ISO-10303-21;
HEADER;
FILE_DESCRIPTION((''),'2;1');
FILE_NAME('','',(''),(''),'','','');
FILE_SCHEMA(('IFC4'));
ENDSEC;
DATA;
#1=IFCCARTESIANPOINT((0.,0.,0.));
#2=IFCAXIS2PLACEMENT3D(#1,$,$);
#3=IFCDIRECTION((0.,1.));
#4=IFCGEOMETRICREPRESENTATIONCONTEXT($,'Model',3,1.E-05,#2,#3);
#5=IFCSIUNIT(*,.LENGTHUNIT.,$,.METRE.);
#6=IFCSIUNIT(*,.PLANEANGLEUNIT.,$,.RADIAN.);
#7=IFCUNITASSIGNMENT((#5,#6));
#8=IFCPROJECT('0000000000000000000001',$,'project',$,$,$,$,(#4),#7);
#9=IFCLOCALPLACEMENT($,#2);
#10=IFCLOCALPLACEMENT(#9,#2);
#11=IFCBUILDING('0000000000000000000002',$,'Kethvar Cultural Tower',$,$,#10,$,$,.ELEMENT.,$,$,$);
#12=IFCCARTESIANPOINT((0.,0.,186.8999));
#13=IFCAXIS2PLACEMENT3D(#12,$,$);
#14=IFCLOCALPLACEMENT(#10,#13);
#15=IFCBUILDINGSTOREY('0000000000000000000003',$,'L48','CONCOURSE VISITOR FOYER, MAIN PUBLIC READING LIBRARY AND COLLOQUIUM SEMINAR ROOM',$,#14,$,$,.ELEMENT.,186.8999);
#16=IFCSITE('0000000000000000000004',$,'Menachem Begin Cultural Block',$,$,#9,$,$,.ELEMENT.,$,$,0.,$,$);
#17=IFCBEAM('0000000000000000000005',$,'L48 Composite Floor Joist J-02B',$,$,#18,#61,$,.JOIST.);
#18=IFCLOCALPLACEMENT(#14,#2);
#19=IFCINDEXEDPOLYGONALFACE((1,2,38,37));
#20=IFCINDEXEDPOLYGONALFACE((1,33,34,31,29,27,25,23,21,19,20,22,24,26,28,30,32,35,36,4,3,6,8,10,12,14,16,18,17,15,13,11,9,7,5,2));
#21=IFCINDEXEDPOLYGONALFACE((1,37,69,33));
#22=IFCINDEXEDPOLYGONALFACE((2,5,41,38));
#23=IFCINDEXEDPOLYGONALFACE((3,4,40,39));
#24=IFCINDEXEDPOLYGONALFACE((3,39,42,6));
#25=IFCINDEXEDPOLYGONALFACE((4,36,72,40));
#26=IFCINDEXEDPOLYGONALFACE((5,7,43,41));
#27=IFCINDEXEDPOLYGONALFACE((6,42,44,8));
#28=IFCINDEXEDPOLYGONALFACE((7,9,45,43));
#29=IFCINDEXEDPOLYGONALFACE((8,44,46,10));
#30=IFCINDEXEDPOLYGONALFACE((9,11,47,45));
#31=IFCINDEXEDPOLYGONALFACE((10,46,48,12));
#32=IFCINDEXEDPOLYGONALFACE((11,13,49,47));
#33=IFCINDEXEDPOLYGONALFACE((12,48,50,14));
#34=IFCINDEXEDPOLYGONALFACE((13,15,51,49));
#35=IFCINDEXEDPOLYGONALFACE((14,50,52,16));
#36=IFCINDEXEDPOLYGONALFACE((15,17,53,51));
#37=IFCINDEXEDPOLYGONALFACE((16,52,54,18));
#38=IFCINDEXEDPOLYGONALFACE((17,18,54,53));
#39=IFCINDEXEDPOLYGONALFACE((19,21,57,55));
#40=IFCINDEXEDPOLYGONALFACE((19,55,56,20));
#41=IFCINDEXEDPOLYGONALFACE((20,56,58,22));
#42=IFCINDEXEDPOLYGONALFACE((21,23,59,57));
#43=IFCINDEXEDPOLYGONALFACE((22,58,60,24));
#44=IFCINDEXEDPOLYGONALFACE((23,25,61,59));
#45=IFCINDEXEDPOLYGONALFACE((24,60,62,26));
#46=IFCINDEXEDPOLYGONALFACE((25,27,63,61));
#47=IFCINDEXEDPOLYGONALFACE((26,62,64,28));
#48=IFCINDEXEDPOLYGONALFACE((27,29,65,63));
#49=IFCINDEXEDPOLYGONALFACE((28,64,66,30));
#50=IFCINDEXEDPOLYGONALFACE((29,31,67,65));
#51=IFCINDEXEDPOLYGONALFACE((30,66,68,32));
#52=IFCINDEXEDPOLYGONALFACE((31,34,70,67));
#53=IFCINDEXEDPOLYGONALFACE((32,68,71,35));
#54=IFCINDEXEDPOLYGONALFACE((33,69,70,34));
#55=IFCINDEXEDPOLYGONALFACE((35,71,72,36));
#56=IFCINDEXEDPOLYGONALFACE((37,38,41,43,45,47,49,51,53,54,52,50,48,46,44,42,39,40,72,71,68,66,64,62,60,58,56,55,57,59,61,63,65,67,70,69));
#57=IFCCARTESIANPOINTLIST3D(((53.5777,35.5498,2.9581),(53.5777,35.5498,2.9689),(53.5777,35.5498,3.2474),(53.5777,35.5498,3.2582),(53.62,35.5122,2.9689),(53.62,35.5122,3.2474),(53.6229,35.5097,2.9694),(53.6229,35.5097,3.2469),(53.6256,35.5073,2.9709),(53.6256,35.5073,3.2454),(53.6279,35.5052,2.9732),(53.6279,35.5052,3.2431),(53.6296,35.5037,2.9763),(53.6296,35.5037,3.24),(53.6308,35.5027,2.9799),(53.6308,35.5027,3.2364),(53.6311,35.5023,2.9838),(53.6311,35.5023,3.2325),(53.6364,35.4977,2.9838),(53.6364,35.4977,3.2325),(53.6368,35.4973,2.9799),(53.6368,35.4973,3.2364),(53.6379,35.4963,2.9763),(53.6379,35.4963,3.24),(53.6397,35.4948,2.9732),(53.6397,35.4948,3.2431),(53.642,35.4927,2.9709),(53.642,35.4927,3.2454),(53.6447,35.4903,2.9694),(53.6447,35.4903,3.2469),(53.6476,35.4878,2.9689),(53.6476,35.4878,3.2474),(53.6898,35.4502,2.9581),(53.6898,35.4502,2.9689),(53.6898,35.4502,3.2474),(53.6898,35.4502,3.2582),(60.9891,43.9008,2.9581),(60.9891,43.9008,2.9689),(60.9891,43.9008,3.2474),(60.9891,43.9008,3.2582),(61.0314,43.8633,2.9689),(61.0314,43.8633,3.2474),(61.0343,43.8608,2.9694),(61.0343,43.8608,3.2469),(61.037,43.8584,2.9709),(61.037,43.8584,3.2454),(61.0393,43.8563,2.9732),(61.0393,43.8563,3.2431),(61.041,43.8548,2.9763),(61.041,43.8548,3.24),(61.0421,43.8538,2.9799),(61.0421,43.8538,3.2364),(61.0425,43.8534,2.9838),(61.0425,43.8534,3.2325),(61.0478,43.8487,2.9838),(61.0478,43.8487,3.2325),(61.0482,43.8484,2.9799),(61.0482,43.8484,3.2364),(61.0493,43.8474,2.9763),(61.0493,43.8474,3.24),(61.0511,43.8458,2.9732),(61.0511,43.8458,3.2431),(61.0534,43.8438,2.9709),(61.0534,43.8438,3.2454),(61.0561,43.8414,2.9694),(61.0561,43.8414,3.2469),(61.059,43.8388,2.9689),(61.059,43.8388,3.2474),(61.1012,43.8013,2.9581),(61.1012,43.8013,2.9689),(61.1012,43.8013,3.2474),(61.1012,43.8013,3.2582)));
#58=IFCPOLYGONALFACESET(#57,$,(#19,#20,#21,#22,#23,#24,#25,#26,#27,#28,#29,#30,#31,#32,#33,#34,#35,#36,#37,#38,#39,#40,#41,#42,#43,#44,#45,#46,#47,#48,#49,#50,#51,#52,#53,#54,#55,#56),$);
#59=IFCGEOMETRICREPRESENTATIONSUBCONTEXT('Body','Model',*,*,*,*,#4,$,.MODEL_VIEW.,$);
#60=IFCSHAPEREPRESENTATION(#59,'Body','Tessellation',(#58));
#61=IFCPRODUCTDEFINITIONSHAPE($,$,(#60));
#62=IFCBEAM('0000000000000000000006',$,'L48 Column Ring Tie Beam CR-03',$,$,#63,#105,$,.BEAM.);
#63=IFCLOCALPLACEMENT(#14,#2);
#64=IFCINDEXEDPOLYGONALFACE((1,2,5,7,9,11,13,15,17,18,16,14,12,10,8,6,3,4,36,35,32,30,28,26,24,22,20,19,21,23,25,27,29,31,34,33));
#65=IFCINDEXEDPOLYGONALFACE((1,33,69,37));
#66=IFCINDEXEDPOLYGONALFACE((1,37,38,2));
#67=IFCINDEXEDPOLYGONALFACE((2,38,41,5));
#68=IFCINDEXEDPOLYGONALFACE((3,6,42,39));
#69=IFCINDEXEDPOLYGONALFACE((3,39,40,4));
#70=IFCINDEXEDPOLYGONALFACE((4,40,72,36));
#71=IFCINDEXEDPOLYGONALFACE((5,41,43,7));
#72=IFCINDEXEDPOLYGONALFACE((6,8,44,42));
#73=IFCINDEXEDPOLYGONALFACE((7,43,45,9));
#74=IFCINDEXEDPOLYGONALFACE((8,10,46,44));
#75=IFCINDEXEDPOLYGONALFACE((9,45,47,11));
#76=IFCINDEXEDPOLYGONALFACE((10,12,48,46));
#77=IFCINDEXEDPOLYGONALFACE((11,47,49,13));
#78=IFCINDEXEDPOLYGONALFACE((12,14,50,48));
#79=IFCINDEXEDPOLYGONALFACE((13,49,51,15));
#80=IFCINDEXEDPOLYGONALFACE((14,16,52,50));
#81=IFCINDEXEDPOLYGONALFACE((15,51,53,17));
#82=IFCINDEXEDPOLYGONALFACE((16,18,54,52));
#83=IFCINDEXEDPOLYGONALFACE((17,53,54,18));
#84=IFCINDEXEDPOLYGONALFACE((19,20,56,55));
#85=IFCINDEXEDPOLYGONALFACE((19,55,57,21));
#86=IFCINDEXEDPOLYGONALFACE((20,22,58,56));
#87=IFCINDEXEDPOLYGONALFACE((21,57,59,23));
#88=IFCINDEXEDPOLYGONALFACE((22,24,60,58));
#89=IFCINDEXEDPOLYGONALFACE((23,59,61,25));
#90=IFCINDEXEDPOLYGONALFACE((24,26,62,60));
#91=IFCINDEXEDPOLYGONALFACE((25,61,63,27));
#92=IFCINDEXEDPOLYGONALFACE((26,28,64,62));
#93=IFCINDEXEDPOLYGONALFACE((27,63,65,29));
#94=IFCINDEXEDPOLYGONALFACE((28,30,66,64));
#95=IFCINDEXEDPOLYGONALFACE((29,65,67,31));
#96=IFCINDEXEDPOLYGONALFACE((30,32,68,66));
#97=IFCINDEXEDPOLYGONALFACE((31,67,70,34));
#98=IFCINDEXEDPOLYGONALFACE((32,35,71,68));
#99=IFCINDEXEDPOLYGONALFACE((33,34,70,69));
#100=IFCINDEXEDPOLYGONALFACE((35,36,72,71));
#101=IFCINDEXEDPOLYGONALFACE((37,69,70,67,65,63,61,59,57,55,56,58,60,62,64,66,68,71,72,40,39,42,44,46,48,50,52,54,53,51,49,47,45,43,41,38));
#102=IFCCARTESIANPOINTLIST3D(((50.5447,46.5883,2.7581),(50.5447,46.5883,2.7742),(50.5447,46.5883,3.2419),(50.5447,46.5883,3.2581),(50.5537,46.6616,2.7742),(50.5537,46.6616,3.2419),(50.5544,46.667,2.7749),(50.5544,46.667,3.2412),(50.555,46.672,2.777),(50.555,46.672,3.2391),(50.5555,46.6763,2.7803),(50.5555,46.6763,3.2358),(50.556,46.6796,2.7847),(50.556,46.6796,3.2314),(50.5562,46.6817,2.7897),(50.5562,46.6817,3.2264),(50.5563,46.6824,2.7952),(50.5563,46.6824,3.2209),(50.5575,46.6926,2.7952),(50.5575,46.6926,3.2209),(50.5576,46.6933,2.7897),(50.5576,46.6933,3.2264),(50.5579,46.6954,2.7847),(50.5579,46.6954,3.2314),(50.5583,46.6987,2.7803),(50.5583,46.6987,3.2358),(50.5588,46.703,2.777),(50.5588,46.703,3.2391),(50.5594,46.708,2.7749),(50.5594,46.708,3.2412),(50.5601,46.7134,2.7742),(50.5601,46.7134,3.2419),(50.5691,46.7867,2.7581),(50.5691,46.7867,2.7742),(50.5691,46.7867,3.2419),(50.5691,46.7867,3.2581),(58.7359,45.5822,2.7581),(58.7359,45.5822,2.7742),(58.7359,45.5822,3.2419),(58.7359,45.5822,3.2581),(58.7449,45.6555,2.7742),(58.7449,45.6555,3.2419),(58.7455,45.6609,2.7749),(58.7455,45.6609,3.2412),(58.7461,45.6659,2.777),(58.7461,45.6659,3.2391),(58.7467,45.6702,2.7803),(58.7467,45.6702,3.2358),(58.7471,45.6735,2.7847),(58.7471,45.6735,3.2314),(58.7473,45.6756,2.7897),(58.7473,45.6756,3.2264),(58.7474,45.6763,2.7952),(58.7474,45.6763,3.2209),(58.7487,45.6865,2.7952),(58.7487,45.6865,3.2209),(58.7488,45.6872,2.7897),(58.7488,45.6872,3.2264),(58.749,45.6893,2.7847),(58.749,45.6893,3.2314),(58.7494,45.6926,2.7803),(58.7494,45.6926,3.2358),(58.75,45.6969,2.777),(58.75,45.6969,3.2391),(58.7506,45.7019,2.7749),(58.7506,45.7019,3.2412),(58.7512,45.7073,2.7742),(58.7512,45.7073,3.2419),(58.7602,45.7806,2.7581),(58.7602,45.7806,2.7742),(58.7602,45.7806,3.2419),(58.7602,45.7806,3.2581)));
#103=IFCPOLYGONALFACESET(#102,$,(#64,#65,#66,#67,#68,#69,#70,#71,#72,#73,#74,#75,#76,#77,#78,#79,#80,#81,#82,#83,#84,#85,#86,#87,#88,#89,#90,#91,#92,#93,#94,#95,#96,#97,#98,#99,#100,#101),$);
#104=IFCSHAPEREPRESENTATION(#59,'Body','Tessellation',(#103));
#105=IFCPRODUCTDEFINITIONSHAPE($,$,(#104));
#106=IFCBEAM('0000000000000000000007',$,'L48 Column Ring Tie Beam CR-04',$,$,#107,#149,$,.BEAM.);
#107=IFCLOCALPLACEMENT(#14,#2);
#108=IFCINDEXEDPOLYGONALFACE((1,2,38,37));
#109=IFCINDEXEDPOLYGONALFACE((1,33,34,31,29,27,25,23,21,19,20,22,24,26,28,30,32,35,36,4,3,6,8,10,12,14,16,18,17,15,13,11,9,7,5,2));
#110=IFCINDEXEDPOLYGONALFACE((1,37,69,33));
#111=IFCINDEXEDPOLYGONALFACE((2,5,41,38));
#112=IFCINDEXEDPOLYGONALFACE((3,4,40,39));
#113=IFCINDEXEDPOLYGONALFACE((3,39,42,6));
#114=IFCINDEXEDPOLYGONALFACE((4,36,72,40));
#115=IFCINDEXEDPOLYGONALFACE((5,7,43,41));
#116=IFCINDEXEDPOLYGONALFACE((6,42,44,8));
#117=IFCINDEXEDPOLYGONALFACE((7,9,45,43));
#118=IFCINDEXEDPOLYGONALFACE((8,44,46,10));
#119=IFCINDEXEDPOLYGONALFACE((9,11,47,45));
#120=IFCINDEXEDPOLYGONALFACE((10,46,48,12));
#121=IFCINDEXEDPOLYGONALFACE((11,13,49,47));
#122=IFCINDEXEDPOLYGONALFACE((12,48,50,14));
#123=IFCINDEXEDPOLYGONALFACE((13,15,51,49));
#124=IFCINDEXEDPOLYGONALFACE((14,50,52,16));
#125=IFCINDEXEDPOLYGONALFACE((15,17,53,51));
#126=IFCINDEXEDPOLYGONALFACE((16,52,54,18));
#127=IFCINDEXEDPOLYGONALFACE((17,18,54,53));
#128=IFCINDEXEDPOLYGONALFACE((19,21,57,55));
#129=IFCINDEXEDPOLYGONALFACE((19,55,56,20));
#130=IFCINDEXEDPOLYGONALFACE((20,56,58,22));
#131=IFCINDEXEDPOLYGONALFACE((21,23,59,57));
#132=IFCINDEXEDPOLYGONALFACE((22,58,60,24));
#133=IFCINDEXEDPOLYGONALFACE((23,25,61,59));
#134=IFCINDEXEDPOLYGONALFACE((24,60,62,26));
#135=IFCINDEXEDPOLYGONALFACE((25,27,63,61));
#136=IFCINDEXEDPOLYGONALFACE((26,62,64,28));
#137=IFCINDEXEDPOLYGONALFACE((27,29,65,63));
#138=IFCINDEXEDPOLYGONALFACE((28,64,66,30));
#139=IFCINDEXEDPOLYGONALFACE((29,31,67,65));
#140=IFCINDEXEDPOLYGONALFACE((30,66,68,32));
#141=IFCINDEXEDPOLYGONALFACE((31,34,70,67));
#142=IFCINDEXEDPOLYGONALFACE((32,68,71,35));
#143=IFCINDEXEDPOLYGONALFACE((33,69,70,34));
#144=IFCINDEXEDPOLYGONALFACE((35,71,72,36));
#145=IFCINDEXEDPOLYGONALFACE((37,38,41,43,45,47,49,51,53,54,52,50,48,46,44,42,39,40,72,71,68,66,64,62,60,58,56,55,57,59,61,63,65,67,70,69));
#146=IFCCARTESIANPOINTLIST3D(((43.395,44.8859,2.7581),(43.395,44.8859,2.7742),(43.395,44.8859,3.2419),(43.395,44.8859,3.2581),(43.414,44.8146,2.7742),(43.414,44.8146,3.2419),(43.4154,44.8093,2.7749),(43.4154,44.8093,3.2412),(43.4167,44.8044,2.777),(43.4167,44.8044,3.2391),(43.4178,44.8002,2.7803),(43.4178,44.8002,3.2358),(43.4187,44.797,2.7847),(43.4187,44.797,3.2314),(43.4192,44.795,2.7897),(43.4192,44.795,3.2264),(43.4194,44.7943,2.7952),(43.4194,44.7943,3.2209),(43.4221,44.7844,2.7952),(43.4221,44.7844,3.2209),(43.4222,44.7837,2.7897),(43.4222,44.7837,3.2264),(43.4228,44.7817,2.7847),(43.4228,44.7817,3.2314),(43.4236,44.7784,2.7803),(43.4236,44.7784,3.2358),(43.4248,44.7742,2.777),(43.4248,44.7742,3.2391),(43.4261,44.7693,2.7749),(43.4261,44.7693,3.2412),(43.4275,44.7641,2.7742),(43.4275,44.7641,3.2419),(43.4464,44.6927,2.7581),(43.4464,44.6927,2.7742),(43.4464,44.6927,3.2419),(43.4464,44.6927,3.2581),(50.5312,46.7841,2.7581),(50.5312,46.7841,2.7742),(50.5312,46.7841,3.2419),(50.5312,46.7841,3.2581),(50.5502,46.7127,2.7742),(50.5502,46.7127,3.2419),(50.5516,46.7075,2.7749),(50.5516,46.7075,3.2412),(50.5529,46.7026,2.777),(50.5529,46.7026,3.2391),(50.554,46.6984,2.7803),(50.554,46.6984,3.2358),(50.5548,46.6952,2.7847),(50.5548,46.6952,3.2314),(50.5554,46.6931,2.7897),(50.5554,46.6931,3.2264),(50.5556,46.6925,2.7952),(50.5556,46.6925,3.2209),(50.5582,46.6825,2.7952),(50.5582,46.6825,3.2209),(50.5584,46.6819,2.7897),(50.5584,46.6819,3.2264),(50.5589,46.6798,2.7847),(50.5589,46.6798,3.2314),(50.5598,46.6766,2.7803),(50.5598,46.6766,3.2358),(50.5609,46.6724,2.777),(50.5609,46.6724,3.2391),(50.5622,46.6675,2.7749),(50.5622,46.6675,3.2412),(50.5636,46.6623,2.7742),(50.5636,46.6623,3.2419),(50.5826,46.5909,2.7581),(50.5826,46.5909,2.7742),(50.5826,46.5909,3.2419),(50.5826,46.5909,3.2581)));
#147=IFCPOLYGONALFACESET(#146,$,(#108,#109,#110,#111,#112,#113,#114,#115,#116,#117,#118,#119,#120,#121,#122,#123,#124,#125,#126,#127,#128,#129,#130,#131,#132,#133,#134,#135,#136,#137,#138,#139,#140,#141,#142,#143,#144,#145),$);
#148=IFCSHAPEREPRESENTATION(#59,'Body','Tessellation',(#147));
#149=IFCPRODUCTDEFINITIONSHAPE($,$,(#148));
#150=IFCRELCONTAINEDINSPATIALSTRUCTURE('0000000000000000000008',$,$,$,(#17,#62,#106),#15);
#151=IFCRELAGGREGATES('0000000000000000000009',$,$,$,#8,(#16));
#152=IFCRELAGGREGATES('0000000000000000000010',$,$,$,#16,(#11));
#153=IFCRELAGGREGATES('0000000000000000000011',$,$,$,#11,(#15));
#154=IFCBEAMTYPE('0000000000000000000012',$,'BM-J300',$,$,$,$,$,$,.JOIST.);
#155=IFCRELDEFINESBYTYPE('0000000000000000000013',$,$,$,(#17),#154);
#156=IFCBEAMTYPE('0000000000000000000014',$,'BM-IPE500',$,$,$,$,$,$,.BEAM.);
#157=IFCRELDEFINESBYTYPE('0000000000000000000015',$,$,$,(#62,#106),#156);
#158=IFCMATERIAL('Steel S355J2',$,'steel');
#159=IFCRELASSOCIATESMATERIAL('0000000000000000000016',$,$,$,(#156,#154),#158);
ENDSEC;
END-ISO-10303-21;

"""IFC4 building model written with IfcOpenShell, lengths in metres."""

from ifc_helpers import new_model, si_unit, direction, frame, origin, origin_2d, place, context, subcontext, project, spatial, i_section, extrude, source, transform, mapped, material, material_profile, profile_set, type_object, element, save


model = new_model("IFC4")

# Units and contexts
model_context = context("Model", 3, precision=1e-05, world=origin(), true_north=direction((0.0, 1.0)))
body_context = subcontext(model_context, "Body", "Model", "MODEL_VIEW")
ifc_project = project(units=[si_unit("LENGTHUNIT", "METRE"), si_unit("PLANEANGLEUNIT", "RADIAN")], contexts=[model_context])

# Site, building, storey
site_placement = place(None, origin())
site = spatial("IfcSite", under=ifc_project, at=site_placement, Name="Menachem Begin Cultural Block", CompositionType="ELEMENT", RefElevation=0.0)
building_placement = place(site_placement, origin())
building = spatial("IfcBuilding", under=site, at=building_placement, Name="Kethvar Cultural Tower", CompositionType="ELEMENT")
storey_placement = place(building_placement, frame((0.0, 0.0, 186.8999)))
storey = spatial("IfcBuildingStorey", under=building, at=storey_placement, Name="L48", Description="CONCOURSE VISITOR FOYER, MAIN PUBLIC READING LIBRARY AND COLLOQUIUM SEMINAR ROOM", CompositionType="ELEMENT", Elevation=186.8999)

# Beams
ifc_material_1 = material(Name="Steel S355J2", Category="steel")
ifc_material_profile_1 = material_profile(ifc_material_1, i_section(OverallWidth=0.2, OverallDepth=0.5, WebThickness=0.0103, FlangeThickness=0.0161, FilletRadius=0.021, at=origin_2d()), Name="Steel S355J2 — IPE500")
ifc_profile_set_1 = profile_set([ifc_material_profile_1], Name="Steel S355J2 — IPE500")
beam_type_1 = type_object("IfcBeamType", Name="BM-IPE500", PredefinedType="BEAM", material=ifc_profile_set_1)
ifc_material_profile_2 = material_profile(ifc_material_1, i_section(OverallWidth=0.1499, OverallDepth=0.3, WebThickness=0.0071, FlangeThickness=0.0107, FilletRadius=0.0149, at=origin_2d()), Name="Steel S355J2 — IPE300")
ifc_profile_set_2 = profile_set([ifc_material_profile_2], Name="Steel S355J2 — IPE300")
beam_type_2 = type_object("IfcBeamType", Name="BM-J300", PredefinedType="JOIST", material=ifc_profile_set_2)
shared_shape_1 = source(origin(), body_context, "Body", "SweptSolid", [
    extrude(i_section(OverallWidth=0.1499, OverallDepth=0.3, WebThickness=0.0071, FlangeThickness=0.0107, FilletRadius=0.0149, at=origin_2d()), origin(), (0.0, 0.0, 1.0), 11.1655),
])
beam_1_placement = place(storey_placement, frame((53.6338, 35.5, 3.1082), z_axis=(0.663773, 0.747934, 0.0), x_axis=(-0.747934, 0.663773, 0.0)))
element("IfcBeam", 1, at=beam_1_placement, inside=storey, type_object=beam_type_2, Name="L48 Composite Floor Joist J-02B", PredefinedType="JOIST", context=body_context, shape_type="MappedRepresentation", body=[
    mapped(shared_shape_1, transform((0.0, 0.0, 0.0), scale=1.0)),
])
shared_shape_2 = source(origin(), body_context, "Body", "SweptSolid", [
    extrude(i_section(OverallWidth=0.2, OverallDepth=0.5, WebThickness=0.0103, FlangeThickness=0.0161, FilletRadius=0.021, at=origin_2d()), origin(), (0.0, 0.0, 1.0), 8.2527),
])
beam_2_placement = place(storey_placement, frame((58.748, 45.6814, 3.0081), z_axis=(-0.992541, 0.121912, 0.0), x_axis=(-0.121912, -0.992541, 0.0)))
element("IfcBeam", 2, at=beam_2_placement, inside=storey, type_object=beam_type_1, Name="L48 Column Ring Tie Beam CR-03", PredefinedType="BEAM", context=body_context, shape_type="MappedRepresentation", body=[
    mapped(shared_shape_2, transform((0.0, 0.0, 0.0), scale=1.0)),
])
shared_shape_3 = source(origin(), body_context, "Body", "SweptSolid", [
    extrude(i_section(OverallWidth=0.2, OverallDepth=0.5, WebThickness=0.0103, FlangeThickness=0.0161, FilletRadius=0.021, at=origin_2d()), origin(), (0.0, 0.0, 1.0), 7.3843),
])
beam_3_placement = place(storey_placement, frame((50.5569, 46.6875, 3.0081), z_axis=(-0.966397, -0.257056, 0.0), x_axis=(0.257056, -0.966397, 0.0)))
element("IfcBeam", 3, at=beam_3_placement, inside=storey, type_object=beam_type_1, Name="L48 Column Ring Tie Beam CR-04", PredefinedType="BEAM", context=body_context, shape_type="MappedRepresentation", body=[
    mapped(shared_shape_3, transform((0.0, 0.0, 0.0), scale=1.0)),
])

save(model, "model.ifc")
